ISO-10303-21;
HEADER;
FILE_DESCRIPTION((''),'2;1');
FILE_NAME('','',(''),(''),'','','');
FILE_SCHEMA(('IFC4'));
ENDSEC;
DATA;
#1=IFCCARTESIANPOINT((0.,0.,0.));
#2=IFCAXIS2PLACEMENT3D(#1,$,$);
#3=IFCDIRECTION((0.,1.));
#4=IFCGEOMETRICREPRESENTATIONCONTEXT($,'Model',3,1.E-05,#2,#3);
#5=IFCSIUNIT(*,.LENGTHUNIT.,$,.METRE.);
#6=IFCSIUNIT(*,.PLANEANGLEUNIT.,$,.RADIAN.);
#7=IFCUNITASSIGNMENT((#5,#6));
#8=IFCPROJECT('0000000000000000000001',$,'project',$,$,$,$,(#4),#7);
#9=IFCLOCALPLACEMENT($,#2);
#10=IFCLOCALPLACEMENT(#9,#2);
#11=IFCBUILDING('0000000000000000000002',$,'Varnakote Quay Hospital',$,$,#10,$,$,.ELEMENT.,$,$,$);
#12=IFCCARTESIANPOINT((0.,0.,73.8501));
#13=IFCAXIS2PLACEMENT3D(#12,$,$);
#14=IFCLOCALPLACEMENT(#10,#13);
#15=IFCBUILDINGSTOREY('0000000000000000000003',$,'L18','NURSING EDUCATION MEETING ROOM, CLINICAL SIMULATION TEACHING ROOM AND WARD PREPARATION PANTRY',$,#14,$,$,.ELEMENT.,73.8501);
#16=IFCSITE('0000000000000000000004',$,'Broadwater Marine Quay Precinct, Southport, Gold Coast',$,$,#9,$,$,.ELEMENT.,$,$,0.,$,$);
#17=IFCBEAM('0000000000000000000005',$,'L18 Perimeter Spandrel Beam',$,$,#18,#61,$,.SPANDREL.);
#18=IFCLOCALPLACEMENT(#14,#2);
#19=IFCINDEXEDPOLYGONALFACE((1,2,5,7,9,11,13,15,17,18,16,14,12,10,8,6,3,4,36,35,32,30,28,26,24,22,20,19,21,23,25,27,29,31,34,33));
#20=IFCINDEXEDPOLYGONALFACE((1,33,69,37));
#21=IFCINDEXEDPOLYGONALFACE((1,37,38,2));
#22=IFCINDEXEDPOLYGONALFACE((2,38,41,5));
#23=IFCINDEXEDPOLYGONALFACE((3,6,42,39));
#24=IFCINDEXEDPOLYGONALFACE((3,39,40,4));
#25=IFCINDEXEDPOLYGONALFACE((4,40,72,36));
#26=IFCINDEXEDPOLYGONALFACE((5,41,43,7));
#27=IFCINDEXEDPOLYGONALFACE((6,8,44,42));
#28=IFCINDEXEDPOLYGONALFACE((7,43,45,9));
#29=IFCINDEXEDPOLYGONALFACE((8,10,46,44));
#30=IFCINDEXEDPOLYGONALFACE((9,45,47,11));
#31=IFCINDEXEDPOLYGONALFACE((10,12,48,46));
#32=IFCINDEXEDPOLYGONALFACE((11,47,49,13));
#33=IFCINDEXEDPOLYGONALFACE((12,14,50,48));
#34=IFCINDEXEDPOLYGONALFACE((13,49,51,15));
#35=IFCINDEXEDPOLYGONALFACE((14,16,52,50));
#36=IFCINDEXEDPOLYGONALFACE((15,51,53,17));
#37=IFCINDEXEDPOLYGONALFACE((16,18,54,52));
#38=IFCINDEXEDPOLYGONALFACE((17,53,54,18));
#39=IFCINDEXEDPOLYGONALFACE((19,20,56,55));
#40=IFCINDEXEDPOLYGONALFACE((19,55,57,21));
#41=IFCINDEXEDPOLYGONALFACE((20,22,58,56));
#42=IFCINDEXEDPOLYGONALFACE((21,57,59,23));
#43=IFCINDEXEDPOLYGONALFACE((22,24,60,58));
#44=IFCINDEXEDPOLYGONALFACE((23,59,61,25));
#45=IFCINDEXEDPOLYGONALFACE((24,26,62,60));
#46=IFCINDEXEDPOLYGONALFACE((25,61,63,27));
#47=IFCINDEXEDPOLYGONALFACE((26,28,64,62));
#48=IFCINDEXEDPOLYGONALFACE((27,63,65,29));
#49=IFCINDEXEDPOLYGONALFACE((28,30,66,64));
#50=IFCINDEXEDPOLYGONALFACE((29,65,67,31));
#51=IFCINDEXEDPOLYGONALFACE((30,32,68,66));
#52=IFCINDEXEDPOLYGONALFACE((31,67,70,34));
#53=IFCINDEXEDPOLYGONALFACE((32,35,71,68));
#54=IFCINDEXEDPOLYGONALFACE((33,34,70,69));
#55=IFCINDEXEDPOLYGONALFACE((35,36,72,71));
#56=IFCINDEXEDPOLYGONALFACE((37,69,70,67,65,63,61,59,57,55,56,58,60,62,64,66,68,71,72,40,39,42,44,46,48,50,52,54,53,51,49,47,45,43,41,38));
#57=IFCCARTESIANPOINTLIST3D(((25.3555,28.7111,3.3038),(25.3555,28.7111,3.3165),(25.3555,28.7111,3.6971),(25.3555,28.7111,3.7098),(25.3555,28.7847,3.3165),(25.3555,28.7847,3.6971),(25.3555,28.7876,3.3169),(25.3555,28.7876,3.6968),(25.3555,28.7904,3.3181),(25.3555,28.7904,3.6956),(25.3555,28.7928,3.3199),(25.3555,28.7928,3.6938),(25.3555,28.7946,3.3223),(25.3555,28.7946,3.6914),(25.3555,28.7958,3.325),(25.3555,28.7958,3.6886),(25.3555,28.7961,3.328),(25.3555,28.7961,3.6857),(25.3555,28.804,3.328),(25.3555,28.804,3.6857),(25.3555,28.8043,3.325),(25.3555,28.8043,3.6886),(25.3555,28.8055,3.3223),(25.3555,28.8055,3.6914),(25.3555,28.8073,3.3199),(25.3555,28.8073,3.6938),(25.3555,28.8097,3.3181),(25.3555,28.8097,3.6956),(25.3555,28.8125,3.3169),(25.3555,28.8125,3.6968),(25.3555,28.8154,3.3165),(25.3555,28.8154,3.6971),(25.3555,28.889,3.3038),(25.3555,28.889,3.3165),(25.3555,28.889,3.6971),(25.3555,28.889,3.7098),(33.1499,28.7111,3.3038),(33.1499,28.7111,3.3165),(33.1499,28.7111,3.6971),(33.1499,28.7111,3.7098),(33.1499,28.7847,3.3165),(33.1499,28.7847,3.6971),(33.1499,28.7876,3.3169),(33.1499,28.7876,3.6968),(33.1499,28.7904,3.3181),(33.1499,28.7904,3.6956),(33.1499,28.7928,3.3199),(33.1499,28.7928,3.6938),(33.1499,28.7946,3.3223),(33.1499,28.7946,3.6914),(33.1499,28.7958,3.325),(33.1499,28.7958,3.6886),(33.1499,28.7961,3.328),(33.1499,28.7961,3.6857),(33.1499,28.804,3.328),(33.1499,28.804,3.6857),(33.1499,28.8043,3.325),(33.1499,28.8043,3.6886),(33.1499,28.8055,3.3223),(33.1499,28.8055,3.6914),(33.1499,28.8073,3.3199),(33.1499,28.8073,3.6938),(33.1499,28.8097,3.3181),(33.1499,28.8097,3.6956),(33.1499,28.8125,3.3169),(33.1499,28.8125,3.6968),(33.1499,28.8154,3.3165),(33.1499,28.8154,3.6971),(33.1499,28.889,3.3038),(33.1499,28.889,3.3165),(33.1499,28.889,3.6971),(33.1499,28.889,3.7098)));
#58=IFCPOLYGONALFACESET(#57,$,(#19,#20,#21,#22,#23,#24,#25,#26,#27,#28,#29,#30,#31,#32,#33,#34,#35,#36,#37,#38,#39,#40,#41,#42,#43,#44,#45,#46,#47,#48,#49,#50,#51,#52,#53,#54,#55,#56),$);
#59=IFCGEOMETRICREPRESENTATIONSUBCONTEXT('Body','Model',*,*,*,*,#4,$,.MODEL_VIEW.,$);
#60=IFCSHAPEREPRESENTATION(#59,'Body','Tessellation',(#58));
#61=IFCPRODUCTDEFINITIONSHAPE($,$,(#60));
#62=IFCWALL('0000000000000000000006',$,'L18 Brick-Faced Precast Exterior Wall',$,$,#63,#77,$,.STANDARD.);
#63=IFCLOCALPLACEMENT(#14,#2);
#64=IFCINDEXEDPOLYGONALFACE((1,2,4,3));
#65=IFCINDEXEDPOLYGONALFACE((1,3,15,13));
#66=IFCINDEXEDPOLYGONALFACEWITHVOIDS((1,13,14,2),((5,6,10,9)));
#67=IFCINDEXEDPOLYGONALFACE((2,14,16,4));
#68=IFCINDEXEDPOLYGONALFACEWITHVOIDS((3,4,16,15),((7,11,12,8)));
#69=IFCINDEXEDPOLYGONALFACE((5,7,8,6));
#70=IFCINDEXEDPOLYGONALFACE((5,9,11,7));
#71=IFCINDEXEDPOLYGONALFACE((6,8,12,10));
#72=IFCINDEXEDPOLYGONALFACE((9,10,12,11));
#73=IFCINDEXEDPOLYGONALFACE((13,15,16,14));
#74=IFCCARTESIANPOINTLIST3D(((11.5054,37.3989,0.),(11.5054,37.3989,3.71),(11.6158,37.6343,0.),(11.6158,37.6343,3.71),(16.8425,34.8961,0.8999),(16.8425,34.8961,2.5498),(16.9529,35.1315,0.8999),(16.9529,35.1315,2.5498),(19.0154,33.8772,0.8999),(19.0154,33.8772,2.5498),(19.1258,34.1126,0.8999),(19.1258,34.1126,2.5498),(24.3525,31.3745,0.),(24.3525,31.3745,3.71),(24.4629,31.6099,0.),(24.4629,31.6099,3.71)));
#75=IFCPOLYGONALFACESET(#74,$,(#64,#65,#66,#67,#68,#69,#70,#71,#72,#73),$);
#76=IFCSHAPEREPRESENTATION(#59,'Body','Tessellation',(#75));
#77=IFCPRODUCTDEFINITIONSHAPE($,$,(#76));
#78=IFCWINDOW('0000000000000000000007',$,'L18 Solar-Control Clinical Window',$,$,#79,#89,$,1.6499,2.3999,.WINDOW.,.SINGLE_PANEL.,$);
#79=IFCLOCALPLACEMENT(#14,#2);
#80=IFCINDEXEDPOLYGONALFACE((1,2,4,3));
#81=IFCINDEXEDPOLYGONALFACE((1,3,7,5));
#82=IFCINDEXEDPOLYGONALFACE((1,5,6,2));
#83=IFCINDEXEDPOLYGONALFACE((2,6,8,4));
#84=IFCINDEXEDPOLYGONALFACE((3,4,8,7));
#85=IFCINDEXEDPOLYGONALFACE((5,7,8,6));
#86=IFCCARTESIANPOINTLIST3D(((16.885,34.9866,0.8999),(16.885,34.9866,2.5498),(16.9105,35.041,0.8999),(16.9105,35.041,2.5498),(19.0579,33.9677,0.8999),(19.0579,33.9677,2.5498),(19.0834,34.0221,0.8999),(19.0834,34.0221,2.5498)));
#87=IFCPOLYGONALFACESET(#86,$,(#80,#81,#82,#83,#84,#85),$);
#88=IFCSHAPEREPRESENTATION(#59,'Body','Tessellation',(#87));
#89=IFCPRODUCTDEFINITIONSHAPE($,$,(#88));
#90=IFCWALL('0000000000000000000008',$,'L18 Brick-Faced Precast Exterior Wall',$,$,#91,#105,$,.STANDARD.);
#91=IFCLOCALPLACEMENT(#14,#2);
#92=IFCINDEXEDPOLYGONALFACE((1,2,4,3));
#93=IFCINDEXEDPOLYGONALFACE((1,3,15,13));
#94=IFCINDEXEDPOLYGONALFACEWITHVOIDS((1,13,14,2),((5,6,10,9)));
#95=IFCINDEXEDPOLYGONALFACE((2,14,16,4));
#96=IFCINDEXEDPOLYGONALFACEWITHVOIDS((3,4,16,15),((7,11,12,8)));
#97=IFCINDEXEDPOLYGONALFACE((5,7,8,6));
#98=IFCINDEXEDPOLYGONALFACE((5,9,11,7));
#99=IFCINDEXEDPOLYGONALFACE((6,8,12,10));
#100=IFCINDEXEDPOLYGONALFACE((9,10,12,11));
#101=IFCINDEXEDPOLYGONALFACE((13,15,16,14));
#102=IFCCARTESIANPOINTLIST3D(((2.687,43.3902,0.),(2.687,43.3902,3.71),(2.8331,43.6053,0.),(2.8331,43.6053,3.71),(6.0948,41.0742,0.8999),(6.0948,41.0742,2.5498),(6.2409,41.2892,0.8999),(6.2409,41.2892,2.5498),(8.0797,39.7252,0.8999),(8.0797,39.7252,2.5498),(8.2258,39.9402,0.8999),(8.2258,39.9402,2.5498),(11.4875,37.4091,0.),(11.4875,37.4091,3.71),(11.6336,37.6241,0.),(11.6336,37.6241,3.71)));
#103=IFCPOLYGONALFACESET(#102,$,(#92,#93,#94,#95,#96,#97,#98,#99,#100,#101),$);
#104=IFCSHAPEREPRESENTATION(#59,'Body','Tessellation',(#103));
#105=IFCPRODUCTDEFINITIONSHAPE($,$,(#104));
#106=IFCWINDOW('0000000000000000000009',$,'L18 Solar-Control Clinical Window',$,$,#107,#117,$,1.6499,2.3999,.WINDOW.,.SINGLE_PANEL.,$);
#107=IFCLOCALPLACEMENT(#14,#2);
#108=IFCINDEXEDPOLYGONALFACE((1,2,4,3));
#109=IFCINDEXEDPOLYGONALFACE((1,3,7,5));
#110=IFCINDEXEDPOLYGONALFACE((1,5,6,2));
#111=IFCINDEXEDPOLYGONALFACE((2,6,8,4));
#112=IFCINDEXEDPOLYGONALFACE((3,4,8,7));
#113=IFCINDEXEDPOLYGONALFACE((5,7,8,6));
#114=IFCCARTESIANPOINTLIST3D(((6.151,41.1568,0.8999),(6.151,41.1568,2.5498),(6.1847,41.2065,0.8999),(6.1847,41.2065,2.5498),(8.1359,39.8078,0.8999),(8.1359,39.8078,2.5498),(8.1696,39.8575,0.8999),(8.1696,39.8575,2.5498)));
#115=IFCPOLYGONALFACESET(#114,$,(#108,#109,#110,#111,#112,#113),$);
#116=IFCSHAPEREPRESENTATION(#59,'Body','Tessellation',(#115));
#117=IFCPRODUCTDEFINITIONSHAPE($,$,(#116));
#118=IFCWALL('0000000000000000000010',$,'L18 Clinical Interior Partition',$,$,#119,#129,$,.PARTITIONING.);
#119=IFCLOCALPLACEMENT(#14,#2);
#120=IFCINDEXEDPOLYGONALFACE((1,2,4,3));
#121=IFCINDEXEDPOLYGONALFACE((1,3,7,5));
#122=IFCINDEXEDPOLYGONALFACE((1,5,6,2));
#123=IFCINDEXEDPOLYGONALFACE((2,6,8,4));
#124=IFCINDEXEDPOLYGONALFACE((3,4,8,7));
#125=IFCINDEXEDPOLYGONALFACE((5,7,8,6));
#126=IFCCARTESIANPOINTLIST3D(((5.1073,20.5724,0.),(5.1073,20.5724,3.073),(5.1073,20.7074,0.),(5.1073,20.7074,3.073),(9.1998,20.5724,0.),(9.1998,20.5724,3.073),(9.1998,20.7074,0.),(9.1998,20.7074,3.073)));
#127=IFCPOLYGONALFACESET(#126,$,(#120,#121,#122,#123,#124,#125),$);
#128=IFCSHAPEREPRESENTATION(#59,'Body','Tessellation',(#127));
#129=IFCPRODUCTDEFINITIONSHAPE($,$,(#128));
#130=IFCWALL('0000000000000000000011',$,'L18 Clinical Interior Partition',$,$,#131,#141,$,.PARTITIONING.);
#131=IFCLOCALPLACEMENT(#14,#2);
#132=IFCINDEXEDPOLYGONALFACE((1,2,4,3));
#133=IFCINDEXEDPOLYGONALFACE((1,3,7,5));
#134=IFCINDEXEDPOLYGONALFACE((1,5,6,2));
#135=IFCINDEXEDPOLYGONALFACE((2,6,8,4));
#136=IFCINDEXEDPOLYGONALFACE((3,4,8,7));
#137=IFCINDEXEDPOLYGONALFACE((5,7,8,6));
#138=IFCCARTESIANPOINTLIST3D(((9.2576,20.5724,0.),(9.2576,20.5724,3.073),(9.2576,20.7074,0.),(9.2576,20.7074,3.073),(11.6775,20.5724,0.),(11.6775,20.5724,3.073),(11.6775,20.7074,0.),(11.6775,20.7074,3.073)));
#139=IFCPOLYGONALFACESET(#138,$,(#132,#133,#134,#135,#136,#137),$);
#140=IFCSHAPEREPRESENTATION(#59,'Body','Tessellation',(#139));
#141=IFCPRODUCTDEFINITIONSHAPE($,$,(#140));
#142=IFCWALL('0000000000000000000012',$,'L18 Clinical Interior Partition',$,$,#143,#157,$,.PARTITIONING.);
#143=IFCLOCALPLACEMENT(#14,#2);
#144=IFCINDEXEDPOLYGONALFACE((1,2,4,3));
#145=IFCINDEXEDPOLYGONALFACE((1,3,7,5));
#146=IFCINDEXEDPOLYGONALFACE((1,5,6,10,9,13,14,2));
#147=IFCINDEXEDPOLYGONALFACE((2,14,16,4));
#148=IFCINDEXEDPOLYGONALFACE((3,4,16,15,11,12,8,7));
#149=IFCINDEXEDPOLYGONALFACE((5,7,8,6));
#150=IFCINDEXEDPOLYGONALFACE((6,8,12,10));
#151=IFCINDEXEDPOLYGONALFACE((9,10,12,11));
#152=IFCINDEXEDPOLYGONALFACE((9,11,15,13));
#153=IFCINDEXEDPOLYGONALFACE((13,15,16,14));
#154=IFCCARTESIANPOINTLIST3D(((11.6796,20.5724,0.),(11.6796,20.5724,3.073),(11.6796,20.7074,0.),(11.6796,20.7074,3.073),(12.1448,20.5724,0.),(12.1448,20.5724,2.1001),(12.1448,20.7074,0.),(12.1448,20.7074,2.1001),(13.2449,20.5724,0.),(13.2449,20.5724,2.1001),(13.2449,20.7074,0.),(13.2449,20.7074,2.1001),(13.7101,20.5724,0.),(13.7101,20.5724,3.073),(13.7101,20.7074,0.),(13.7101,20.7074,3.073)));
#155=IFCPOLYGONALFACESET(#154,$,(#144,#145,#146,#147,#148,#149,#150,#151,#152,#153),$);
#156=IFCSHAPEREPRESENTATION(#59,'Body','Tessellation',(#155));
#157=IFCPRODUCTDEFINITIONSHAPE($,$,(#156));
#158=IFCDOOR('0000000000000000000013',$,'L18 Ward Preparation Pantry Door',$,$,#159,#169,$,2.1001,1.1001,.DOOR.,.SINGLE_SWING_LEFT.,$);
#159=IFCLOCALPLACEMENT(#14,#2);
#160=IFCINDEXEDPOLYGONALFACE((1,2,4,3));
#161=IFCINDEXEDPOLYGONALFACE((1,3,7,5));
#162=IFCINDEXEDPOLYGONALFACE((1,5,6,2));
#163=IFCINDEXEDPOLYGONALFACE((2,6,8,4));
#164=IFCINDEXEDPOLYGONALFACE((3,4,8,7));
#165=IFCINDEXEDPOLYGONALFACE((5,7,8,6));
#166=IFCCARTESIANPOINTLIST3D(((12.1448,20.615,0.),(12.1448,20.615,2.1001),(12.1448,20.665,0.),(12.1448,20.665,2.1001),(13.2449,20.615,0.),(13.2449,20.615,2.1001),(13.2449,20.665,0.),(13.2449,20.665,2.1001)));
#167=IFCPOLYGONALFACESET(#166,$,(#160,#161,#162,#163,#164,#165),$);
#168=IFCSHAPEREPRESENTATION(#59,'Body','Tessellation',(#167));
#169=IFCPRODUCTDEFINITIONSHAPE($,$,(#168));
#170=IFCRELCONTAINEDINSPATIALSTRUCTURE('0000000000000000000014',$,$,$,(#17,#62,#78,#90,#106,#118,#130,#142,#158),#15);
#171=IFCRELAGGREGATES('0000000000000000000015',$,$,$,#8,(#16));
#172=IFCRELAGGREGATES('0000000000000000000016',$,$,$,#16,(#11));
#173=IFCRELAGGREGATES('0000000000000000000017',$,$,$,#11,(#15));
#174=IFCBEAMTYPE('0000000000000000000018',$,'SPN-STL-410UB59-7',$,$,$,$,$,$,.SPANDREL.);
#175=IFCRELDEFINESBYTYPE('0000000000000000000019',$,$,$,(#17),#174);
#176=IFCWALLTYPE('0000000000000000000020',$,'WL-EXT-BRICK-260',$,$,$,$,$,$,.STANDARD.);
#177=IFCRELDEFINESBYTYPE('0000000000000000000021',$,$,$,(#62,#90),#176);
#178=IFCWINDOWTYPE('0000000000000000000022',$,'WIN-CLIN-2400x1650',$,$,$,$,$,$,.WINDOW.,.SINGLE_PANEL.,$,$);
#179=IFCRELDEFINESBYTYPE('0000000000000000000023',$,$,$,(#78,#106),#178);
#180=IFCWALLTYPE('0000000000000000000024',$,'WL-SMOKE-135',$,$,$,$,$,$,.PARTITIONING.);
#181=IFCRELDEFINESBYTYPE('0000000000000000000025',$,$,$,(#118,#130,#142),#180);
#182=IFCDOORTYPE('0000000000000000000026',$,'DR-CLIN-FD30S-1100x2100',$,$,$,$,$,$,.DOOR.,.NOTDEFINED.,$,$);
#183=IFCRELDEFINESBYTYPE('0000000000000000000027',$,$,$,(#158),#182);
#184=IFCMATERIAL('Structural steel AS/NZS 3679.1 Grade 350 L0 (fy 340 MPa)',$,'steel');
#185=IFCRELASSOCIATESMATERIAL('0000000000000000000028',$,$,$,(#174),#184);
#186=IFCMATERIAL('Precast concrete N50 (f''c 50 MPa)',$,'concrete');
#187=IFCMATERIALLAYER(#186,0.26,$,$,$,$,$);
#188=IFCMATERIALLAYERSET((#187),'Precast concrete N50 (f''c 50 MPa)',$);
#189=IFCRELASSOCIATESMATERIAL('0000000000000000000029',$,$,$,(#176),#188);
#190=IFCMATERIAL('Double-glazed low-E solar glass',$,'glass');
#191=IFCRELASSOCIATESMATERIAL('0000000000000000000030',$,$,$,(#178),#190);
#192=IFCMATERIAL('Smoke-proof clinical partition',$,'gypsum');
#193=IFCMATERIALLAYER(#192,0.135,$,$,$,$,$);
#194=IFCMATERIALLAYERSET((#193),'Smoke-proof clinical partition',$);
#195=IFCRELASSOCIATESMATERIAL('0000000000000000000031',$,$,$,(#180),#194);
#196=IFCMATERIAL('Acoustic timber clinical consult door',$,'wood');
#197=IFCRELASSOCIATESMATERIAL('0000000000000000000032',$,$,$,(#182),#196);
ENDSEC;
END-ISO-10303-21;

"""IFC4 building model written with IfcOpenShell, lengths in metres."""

from ifc_helpers import new_model, si_unit, direction, frame, frame_2d, origin, origin_2d, place, context, subcontext, project, spatial, rectangle, i_section, extrude, material, layer, layer_set, material_profile, profile_set, type_object, element, fill, save


model = new_model("IFC4")

# Units and contexts
model_context = context("Model", 3, precision=1e-05, world=origin(), true_north=direction((0.0, 1.0)))
body_context = subcontext(model_context, "Body", "Model", "MODEL_VIEW")
ifc_project = project(units=[si_unit("LENGTHUNIT", "METRE"), si_unit("PLANEANGLEUNIT", "RADIAN")], contexts=[model_context])

# Site, building, storey
site_placement = place(None, origin())
site = spatial("IfcSite", under=ifc_project, at=site_placement, Name="Broadwater Marine Quay Precinct, Southport, Gold Coast", CompositionType="ELEMENT", RefElevation=0.0)
building_placement = place(site_placement, origin())
building = spatial("IfcBuilding", under=site, at=building_placement, Name="Varnakote Quay Hospital", CompositionType="ELEMENT")
storey_placement = place(building_placement, frame((0.0, 0.0, 73.8501)))
storey = spatial("IfcBuildingStorey", under=building, at=storey_placement, Name="L18", Description="NURSING EDUCATION MEETING ROOM, CLINICAL SIMULATION TEACHING ROOM AND WARD PREPARATION PANTRY", CompositionType="ELEMENT", Elevation=73.8501)

# Beam
ifc_material_1 = material(Name="Structural steel AS/NZS 3679.1 Grade 350 L0 (fy 340 MPa)", Category="steel")
ifc_material_profile_1 = material_profile(ifc_material_1, i_section(OverallWidth=0.178, OverallDepth=0.406, WebThickness=0.0078, FlangeThickness=0.0127, FilletRadius=0.0115, at=origin_2d()), Name="410UB59.7")
ifc_profile_set_1 = profile_set([ifc_material_profile_1], Name="Structural steel AS/NZS 3679.1 Grade 350 L0 (fy 340 MPa)")
beam_type_1 = type_object("IfcBeamType", Name="SPN-STL-410UB59-7", PredefinedType="SPANDREL", material=ifc_profile_set_1)
beam_1_placement = place(storey_placement, frame((25.3555, 28.8, 3.5068), z_axis=(1.0, 0.0, 0.0), x_axis=(0.0, 1.0, 0.0)))
element("IfcBeam", 1, at=beam_1_placement, inside=storey, type_object=beam_type_1, Name="L18 Perimeter Spandrel Beam", PredefinedType="SPANDREL", context=body_context, shape_type="SweptSolid", body=[
    extrude(i_section(OverallWidth=0.178, OverallDepth=0.406, WebThickness=0.0078, FlangeThickness=0.0127, FilletRadius=0.0115, at=origin_2d()), origin(), (0.0, 0.0, 1.0), 7.7944),
])

# Walls, openings, windows
ifc_material_2 = material(Name="Precast concrete N50 (f'c 50 MPa)", Category="concrete")
ifc_layer_1 = layer(ifc_material_2, 0.26)
ifc_layer_set_1 = layer_set([ifc_layer_1], Name="Precast concrete N50 (f'c 50 MPa)")
wall_type_1 = type_object("IfcWallType", Name="WL-EXT-BRICK-260", PredefinedType="STANDARD", material=ifc_layer_set_1)
wall_1_placement = place(storey_placement, frame((24.4077, 31.4922, 0.0), z_axis=(0.0, 0.0, 1.0), x_axis=(-0.905397, 0.424567, 0.0)))
wall_1 = element("IfcWall", 2, at=wall_1_placement, inside=storey, type_object=wall_type_1, Name="L18 Brick-Faced Precast Exterior Wall", PredefinedType="STANDARD", context=body_context, shape_type="SweptSolid", body=[
    extrude(rectangle(XDim=14.1895, YDim=0.26, at=frame_2d((7.0947, 0.0))), origin(), (0.0, 0.0, 1.0), 3.71),
])
opening_1_placement = place(wall_1_placement, frame((5.8948, 0.0, 0.8999)))
opening_1 = element("IfcOpeningElement", 3, at=opening_1_placement, cuts=wall_1, PredefinedType="OPENING", context=body_context, shape_type="SweptSolid", body=[
    extrude(rectangle(XDim=2.3999, YDim=1.6499, at=frame_2d((1.2, 0.825))), frame((0.0, 0.1399, 0.0), z_axis=(0.0, -1.0, 0.0), x_axis=(1.0, 0.0, 0.0)), (0.0, 0.0, 1.0), 0.28),
])
ifc_material_3 = material(Name="Double-glazed low-E solar glass", Category="glass")
window_type = type_object("IfcWindowType", Name="WIN-CLIN-2400x1650", PartitioningType="SINGLE_PANEL", PredefinedType="WINDOW", material=ifc_material_3)
window_1_placement = place(opening_1_placement, origin())
window_1 = element("IfcWindow", 4, at=window_1_placement, inside=storey, type_object=window_type, Name="L18 Solar-Control Clinical Window", OverallHeight=1.6499, OverallWidth=2.3999, PartitioningType="SINGLE_PANEL", PredefinedType="WINDOW", context=body_context, shape_type="SweptSolid", body=[
    extrude(rectangle(XDim=2.3999, YDim=1.6499, at=frame_2d((1.2, 0.825))), frame((0.0, 0.03, 0.0), z_axis=(0.0, -1.0, 0.0), x_axis=(1.0, 0.0, 0.0)), (0.0, 0.0, 1.0), 0.0601),
])
fill(opening_1, window_1)
wall_2_placement = place(storey_placement, frame((11.5605, 37.5166, 0.0), z_axis=(0.0, 0.0, 1.0), x_axis=(-0.827065, 0.562107, 0.0)))
wall_2 = element("IfcWall", 5, at=wall_2_placement, inside=storey, type_object=wall_type_1, Name="L18 Brick-Faced Precast Exterior Wall", PredefinedType="STANDARD", context=body_context, shape_type="SweptSolid", body=[
    extrude(rectangle(XDim=10.6406, YDim=0.26, at=frame_2d((5.3203, 0.0))), origin(), (0.0, 0.0, 1.0), 3.71),
])
opening_2_placement = place(wall_2_placement, frame((4.1204, 0.0, 0.8999)))
opening_2 = element("IfcOpeningElement", 6, at=opening_2_placement, cuts=wall_2, PredefinedType="OPENING", context=body_context, shape_type="SweptSolid", body=[
    extrude(rectangle(XDim=2.3999, YDim=1.6499, at=frame_2d((1.2, 0.825))), frame((0.0, 0.1399, 0.0), z_axis=(0.0, -1.0, 0.0), x_axis=(1.0, 0.0, 0.0)), (0.0, 0.0, 1.0), 0.28),
])
window_2_placement = place(opening_2_placement, origin())
window_2 = element("IfcWindow", 7, at=window_2_placement, inside=storey, type_object=window_type, Name="L18 Solar-Control Clinical Window", OverallHeight=1.6499, OverallWidth=2.3999, PartitioningType="SINGLE_PANEL", PredefinedType="WINDOW", context=body_context, shape_type="SweptSolid", body=[
    extrude(rectangle(XDim=2.3999, YDim=1.6499, at=frame_2d((1.2, 0.825))), frame((0.0, 0.03, 0.0), z_axis=(0.0, -1.0, 0.0), x_axis=(1.0, 0.0, 0.0)), (0.0, 0.0, 1.0), 0.0601),
])
fill(opening_2, window_2)

# Walls
ifc_material_4 = material(Name="Smoke-proof clinical partition", Category="gypsum")
ifc_layer_2 = layer(ifc_material_4, 0.135)
ifc_layer_set_2 = layer_set([ifc_layer_2], Name="Smoke-proof clinical partition")
wall_type_2 = type_object("IfcWallType", Name="WL-SMOKE-135", PredefinedType="PARTITIONING", material=ifc_layer_set_2)
wall_3_placement = place(storey_placement, frame((9.2, 20.6399, 0.0), z_axis=(0.0, 0.0, 1.0), x_axis=(-1.0, 0.0, 0.0)))
element("IfcWall", 8, at=wall_3_placement, inside=storey, type_object=wall_type_2, Name="L18 Clinical Interior Partition", PredefinedType="PARTITIONING", context=body_context, shape_type="SweptSolid", body=[
    extrude(rectangle(XDim=4.0925, YDim=0.135, at=frame_2d((2.0464, 0.0))), origin(), (0.0, 0.0, 1.0), 3.073),
])
wall_4_placement = place(storey_placement, frame((11.6775, 20.6399, 0.0), z_axis=(0.0, 0.0, 1.0), x_axis=(-1.0, 0.0, 0.0)))
element("IfcWall", 9, at=wall_4_placement, inside=storey, type_object=wall_type_2, Name="L18 Clinical Interior Partition", PredefinedType="PARTITIONING", context=body_context, shape_type="SweptSolid", body=[
    extrude(rectangle(XDim=2.4199, YDim=0.135, at=frame_2d((1.21, 0.0))), origin(), (0.0, 0.0, 1.0), 3.073),
])

# Wall, opening, door
wall_5_placement = place(storey_placement, frame((13.71, 20.6399, 0.0), z_axis=(0.0, 0.0, 1.0), x_axis=(-1.0, 0.0, 0.0)))
wall_5 = element("IfcWall", 10, at=wall_5_placement, inside=storey, type_object=wall_type_2, Name="L18 Clinical Interior Partition", PredefinedType="PARTITIONING", context=body_context, shape_type="SweptSolid", body=[
    extrude(rectangle(XDim=2.0305, YDim=0.135, at=frame_2d((1.0151, 0.0))), origin(), (0.0, 0.0, 1.0), 3.073),
])
opening_3_placement = place(wall_5_placement, frame((0.4651, 0.0, 0.0)))
opening_3 = element("IfcOpeningElement", 11, at=opening_3_placement, cuts=wall_5, PredefinedType="OPENING", context=body_context, shape_type="SweptSolid", body=[
    extrude(rectangle(XDim=1.1001, YDim=2.1001, at=frame_2d((0.55, 1.05))), frame((0.0, 0.0774, 0.0), z_axis=(0.0, -1.0, 0.0), x_axis=(1.0, 0.0, 0.0)), (0.0, 0.0, 1.0), 0.155),
])
ifc_material_5 = material(Name="Acoustic timber clinical consult door", Category="wood")
door_type = type_object("IfcDoorType", Name="DR-CLIN-FD30S-1100x2100", OperationType="NOTDEFINED", PredefinedType="DOOR", material=ifc_material_5)
door_placement = place(opening_3_placement, origin())
door = element("IfcDoor", 12, at=door_placement, inside=storey, type_object=door_type, Name="L18 Ward Preparation Pantry Door", OperationType="SINGLE_SWING_LEFT", OverallHeight=2.1001, OverallWidth=1.1001, PredefinedType="DOOR", context=body_context, shape_type="SweptSolid", body=[
    extrude(rectangle(XDim=1.1001, YDim=2.1001, at=frame_2d((0.55, 1.05))), frame((0.0, 0.0249, 0.0), z_axis=(0.0, -1.0, 0.0), x_axis=(1.0, 0.0, 0.0)), (0.0, 0.0, 1.0), 0.05),
])
fill(opening_3, door)

save(model, "model.ifc")
